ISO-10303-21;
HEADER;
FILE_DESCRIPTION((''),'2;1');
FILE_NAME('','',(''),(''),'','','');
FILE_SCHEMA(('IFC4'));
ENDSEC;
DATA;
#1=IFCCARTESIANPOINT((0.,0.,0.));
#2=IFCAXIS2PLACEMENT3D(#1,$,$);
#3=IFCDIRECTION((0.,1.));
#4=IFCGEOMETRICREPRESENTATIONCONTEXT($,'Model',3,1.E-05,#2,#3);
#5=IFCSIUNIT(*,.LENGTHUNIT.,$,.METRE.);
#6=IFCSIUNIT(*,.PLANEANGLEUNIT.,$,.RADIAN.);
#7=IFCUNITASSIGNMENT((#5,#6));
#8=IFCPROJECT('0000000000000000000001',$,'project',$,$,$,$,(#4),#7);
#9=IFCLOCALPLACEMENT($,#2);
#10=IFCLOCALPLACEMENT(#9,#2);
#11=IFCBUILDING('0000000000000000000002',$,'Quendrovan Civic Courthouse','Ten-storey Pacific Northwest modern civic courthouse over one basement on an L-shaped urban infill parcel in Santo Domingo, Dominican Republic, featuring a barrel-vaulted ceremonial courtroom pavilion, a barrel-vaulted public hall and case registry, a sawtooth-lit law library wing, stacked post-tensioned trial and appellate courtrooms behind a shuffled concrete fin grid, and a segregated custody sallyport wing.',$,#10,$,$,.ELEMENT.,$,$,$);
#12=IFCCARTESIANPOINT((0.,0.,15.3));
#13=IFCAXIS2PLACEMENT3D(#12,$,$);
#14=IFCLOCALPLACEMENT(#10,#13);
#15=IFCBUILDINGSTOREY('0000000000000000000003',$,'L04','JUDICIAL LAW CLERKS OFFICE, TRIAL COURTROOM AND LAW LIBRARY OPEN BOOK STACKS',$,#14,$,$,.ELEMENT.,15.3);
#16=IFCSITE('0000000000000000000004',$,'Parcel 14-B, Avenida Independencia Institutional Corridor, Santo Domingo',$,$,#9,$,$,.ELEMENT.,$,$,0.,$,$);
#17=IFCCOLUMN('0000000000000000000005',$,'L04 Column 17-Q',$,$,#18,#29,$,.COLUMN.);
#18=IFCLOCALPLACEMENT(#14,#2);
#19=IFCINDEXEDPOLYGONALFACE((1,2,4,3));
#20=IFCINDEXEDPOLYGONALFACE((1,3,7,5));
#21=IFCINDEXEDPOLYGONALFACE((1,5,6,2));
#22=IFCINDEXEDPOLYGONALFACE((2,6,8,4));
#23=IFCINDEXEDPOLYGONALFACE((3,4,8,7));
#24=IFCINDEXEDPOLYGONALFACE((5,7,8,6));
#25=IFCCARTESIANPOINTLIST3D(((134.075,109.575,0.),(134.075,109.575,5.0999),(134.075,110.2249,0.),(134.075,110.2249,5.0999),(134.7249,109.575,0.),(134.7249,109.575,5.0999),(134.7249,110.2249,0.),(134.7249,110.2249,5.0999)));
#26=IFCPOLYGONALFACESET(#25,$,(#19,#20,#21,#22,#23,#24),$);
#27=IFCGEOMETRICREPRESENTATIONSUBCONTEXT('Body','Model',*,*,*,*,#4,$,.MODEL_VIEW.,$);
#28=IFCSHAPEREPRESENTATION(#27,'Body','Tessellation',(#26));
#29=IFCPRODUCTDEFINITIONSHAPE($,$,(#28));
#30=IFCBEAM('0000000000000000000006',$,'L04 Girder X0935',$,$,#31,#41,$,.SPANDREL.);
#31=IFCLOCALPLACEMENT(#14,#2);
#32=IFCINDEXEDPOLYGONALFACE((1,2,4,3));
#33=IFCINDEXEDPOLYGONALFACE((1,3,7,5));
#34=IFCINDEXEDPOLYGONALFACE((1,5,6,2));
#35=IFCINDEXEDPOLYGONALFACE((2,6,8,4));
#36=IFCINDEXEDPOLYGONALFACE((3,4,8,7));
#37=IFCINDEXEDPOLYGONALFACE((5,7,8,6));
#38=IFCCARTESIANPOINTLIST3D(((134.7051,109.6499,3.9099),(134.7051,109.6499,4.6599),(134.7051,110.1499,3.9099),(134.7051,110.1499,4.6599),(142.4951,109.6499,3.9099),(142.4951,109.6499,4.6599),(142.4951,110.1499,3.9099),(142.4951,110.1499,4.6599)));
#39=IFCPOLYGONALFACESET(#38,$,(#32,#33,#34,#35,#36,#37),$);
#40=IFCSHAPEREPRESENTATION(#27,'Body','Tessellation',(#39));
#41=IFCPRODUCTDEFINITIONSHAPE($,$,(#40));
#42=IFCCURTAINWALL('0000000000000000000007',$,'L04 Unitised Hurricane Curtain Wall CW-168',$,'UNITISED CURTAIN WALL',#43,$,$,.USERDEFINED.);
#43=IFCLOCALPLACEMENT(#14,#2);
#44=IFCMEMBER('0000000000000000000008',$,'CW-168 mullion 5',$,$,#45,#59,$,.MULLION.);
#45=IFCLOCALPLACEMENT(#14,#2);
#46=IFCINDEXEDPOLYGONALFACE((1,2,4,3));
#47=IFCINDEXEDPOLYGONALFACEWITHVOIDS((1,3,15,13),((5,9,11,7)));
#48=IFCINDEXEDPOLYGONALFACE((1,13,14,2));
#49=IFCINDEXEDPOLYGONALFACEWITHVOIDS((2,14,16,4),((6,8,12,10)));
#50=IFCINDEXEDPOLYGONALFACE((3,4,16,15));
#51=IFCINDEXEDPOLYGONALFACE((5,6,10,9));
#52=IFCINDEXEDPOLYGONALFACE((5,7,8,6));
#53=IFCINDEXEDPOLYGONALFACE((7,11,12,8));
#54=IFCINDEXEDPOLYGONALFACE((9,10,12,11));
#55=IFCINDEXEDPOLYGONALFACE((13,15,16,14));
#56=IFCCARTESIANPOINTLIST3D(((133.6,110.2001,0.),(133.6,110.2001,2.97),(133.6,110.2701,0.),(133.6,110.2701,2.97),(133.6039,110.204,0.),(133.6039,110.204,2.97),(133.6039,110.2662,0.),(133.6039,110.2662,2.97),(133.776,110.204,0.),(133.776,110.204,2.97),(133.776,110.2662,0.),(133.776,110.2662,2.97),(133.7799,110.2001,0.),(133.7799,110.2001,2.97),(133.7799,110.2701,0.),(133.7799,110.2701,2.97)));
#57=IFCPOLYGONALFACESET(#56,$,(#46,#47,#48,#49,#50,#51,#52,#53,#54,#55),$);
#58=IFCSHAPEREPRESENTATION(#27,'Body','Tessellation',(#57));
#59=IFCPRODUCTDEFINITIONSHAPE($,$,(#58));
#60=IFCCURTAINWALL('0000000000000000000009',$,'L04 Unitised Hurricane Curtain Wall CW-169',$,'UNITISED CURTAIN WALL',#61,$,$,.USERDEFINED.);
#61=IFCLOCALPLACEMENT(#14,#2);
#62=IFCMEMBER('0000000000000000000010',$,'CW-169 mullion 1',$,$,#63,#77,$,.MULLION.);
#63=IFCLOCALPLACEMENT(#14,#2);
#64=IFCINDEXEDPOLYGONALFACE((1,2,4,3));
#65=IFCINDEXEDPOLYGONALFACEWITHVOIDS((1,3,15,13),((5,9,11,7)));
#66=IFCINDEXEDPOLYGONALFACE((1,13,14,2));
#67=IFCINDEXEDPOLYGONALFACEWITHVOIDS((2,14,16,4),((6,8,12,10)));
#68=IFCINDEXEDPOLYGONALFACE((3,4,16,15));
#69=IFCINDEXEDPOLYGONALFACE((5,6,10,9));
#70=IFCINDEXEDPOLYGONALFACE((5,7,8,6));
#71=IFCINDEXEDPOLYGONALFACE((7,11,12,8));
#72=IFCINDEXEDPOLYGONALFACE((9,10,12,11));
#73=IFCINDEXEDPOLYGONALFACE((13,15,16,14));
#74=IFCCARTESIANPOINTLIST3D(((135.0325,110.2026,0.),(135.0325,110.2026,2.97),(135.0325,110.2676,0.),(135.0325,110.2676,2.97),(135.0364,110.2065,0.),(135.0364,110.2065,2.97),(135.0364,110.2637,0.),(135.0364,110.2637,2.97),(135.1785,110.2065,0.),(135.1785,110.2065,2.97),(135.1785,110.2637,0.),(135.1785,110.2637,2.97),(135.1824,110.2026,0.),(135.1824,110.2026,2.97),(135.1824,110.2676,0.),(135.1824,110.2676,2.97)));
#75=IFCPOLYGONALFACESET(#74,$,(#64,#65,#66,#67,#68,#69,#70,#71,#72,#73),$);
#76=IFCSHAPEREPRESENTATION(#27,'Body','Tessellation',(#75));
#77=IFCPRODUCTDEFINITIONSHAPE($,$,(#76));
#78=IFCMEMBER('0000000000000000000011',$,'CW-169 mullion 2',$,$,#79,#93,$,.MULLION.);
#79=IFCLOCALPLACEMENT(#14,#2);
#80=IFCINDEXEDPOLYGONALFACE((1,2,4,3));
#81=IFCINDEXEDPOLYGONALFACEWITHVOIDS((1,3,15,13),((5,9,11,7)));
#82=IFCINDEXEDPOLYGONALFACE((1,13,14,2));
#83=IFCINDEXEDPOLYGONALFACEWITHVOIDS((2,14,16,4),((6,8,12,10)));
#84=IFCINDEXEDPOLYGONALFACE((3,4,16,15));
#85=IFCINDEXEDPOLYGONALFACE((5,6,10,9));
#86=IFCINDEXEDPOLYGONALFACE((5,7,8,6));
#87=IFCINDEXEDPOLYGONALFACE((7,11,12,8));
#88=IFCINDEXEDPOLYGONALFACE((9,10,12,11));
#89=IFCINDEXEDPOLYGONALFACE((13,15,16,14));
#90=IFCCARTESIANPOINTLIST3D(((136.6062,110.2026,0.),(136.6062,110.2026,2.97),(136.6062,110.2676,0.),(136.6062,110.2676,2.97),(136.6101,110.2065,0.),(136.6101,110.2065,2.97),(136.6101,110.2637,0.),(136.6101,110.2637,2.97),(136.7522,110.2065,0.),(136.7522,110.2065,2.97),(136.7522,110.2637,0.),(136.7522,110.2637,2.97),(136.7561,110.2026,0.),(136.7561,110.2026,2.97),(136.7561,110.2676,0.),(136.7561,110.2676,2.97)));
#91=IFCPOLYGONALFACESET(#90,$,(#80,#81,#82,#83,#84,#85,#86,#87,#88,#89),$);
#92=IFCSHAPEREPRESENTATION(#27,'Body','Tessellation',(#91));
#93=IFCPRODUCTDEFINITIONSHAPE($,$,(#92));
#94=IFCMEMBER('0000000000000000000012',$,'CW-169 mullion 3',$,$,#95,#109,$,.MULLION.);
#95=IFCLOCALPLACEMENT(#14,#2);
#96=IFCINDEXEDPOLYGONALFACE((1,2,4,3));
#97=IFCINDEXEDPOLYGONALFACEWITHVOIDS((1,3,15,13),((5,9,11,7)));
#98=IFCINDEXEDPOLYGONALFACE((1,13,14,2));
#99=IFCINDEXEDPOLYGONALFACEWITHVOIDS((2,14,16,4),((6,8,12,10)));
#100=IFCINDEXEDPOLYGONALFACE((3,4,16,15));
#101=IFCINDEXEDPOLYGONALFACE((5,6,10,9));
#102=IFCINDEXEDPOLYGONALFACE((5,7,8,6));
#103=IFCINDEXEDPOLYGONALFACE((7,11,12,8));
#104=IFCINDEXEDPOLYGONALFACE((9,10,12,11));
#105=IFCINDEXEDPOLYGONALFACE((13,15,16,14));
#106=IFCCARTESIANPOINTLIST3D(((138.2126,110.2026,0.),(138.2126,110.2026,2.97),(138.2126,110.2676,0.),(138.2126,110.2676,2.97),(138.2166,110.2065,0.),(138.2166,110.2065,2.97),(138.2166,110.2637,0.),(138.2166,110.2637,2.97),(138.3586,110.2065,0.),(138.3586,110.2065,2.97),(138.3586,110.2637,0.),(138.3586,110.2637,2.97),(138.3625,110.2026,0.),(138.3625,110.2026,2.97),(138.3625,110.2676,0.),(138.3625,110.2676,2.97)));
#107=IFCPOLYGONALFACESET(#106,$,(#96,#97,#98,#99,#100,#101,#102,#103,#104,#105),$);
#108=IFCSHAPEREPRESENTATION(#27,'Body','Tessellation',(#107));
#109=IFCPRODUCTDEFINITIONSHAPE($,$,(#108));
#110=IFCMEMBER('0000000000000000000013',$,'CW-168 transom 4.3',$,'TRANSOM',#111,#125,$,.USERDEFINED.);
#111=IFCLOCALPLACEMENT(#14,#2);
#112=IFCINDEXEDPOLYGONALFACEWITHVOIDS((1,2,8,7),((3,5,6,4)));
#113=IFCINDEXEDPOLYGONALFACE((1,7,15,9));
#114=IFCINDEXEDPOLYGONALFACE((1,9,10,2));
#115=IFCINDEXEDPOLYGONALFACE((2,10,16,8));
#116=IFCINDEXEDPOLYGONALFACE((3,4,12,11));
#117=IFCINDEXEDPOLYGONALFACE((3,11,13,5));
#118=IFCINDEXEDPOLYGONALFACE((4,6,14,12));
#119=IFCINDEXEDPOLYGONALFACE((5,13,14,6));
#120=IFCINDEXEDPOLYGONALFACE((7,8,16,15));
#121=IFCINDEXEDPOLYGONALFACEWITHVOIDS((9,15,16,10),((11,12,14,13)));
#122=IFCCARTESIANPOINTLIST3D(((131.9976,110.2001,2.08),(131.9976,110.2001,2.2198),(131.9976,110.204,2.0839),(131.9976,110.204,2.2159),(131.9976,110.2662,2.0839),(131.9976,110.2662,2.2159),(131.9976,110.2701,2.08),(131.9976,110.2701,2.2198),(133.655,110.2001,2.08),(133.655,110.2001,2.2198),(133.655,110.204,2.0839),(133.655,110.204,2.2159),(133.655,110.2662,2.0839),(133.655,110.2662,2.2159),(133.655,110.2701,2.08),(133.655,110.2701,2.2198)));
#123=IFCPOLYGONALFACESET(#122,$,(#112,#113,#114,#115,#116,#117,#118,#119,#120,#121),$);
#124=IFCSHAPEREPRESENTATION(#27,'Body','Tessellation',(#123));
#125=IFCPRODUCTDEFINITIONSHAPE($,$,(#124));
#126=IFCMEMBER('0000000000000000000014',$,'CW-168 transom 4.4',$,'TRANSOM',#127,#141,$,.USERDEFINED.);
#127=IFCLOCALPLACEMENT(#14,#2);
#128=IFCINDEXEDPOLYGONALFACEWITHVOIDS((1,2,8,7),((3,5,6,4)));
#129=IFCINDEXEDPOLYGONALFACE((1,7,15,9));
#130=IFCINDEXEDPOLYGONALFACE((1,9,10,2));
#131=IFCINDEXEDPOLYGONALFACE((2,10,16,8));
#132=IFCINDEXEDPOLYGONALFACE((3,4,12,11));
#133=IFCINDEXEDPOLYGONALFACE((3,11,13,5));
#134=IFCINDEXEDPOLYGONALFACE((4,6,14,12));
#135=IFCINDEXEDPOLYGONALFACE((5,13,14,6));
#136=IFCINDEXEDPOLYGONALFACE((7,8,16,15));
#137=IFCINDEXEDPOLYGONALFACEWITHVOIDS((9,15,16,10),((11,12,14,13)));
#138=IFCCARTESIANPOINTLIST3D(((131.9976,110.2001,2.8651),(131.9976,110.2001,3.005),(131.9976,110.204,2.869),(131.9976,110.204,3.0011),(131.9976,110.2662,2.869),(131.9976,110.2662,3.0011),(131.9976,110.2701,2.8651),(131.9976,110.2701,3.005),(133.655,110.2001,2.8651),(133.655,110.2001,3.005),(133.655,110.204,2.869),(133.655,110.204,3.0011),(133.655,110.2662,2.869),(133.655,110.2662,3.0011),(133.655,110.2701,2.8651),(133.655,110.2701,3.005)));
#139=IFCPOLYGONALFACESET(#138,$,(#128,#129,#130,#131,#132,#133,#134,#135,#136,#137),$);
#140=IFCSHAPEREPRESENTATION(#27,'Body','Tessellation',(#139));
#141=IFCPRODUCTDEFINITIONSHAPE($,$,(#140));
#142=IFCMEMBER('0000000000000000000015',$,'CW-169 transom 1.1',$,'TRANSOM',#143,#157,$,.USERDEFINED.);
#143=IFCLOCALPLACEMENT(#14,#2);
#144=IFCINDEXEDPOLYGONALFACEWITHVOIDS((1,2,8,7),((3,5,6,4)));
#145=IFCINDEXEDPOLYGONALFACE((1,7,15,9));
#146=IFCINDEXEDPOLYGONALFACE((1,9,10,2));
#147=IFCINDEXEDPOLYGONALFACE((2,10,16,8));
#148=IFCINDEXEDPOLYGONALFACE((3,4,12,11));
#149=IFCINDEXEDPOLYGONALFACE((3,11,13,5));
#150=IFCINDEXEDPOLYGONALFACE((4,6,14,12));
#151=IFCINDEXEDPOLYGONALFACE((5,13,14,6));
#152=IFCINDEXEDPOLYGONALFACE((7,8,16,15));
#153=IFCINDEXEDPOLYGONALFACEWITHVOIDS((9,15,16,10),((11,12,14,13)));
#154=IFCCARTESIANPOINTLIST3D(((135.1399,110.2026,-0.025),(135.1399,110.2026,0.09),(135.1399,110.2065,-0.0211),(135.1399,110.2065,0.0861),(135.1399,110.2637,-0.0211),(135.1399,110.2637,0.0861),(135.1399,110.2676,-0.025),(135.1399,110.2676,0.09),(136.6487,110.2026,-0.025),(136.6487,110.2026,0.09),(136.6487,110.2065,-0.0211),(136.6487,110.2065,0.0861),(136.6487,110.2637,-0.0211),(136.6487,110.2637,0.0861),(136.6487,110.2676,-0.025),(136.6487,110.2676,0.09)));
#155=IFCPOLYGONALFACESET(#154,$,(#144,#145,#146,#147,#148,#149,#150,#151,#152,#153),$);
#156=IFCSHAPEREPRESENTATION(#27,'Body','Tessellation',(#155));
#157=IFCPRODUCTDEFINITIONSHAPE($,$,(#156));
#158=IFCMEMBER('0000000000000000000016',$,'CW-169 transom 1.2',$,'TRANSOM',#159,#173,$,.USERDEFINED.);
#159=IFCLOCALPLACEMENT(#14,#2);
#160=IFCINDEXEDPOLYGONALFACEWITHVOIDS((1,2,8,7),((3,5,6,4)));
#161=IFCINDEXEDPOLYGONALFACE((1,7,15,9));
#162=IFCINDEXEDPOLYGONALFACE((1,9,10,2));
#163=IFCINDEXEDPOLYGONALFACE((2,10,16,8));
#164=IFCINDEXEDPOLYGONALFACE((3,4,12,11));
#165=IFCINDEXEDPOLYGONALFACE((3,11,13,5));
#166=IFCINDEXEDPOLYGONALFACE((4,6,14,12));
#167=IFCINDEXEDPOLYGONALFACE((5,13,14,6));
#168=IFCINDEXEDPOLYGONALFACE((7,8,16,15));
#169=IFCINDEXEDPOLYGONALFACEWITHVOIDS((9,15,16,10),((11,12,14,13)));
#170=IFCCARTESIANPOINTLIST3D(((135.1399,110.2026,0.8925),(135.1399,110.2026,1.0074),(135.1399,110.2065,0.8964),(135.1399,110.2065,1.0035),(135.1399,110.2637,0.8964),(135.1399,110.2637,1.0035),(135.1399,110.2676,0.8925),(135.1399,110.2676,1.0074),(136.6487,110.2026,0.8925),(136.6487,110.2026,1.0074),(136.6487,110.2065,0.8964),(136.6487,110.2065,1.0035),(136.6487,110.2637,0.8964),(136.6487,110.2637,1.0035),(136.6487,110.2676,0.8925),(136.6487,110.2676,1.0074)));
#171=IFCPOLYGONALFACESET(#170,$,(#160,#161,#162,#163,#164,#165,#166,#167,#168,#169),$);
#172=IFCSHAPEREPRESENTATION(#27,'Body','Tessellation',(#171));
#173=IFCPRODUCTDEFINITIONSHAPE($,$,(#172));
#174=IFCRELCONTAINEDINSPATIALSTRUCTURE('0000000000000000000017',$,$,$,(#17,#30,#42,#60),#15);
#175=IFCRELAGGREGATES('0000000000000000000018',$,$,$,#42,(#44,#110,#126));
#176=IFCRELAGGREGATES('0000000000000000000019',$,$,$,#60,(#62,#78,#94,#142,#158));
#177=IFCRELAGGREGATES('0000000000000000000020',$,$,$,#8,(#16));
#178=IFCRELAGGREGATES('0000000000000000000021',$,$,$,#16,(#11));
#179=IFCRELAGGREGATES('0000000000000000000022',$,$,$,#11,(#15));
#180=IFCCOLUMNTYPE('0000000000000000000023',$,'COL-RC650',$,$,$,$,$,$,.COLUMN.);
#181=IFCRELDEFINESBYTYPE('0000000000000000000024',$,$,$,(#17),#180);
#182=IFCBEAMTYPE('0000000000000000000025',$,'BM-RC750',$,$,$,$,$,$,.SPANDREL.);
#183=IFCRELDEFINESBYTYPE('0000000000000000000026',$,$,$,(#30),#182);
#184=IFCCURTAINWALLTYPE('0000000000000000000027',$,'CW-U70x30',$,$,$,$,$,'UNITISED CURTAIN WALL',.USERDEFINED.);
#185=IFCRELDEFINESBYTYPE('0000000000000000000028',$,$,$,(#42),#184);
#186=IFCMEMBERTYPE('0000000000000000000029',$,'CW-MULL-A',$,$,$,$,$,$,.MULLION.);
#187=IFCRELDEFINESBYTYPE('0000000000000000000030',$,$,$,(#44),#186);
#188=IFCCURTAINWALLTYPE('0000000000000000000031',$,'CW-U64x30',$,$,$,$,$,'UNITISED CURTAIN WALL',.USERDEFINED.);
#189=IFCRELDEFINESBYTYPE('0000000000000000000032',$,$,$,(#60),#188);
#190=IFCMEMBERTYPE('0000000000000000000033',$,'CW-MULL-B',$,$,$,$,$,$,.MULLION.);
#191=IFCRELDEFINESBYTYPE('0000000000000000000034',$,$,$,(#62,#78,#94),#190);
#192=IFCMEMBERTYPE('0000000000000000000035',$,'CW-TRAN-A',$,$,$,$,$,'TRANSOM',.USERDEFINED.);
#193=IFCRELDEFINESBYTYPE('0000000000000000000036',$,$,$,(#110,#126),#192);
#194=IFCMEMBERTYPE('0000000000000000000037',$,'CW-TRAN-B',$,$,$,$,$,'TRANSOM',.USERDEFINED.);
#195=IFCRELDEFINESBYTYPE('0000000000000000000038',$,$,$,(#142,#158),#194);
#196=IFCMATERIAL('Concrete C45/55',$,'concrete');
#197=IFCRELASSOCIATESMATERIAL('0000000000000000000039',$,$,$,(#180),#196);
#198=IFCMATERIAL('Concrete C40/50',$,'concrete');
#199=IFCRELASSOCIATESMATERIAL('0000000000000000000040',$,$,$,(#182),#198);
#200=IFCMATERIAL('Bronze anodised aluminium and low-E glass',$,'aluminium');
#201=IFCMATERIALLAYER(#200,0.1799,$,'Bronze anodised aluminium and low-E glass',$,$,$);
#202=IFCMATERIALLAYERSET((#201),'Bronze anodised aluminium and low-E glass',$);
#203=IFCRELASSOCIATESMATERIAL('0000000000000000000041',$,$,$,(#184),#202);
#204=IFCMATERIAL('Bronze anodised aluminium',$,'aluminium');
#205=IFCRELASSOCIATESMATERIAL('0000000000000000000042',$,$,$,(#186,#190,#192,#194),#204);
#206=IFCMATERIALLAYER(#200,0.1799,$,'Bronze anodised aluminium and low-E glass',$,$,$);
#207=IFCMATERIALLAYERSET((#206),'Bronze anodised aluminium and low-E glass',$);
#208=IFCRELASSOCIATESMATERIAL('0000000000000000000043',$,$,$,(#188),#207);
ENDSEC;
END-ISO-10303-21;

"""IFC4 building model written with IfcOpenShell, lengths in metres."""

from ifc_helpers import new_model, si_unit, direction, frame, origin, origin_2d, place, context, subcontext, project, spatial, rectangle, hollow_rectangle, extrude, material, layer, layer_set, material_profile, profile_set, type_object, element, aggregate, save


model = new_model("IFC4")

# Units and contexts
model_context = context("Model", 3, precision=1e-05, world=origin(), true_north=direction((0.0, 1.0)))
body_context = subcontext(model_context, "Body", "Model", "MODEL_VIEW")
ifc_project = project(units=[si_unit("LENGTHUNIT", "METRE"), si_unit("PLANEANGLEUNIT", "RADIAN")], contexts=[model_context])

# Site, building, storey
site_placement = place(None, origin())
site = spatial("IfcSite", under=ifc_project, at=site_placement, Name="Parcel 14-B, Avenida Independencia Institutional Corridor, Santo Domingo", CompositionType="ELEMENT", RefElevation=0.0)
building_placement = place(site_placement, origin())
building = spatial("IfcBuilding", under=site, at=building_placement, Name="Quendrovan Civic Courthouse", Description="Ten-storey Pacific Northwest modern civic courthouse over one basement on an L-shaped urban infill parcel in Santo Domingo, Dominican Republic, featuring a barrel-vaulted ceremonial courtroom pavilion, a barrel-vaulted public hall and case registry, a sawtooth-lit law library wing, stacked post-tensioned trial and appellate courtrooms behind a shuffled concrete fin grid, and a segregated custody sallyport wing.", CompositionType="ELEMENT")
storey_placement = place(building_placement, frame((0.0, 0.0, 15.3)))
storey = spatial("IfcBuildingStorey", under=building, at=storey_placement, Name="L04", Description="JUDICIAL LAW CLERKS OFFICE, TRIAL COURTROOM AND LAW LIBRARY OPEN BOOK STACKS", CompositionType="ELEMENT", Elevation=15.3)

# Column
ifc_material_1 = material(Name="Concrete C45/55", Category="concrete")
ifc_material_profile_1 = material_profile(ifc_material_1, rectangle(XDim=0.6499, YDim=0.6499, at=origin_2d()), Name="RC-COL-650x650")
ifc_profile_set_1 = profile_set([ifc_material_profile_1], Name="Concrete C45/55")
column_type = type_object("IfcColumnType", Name="COL-RC650", PredefinedType="COLUMN", material=ifc_profile_set_1)
column_placement = place(storey_placement, frame((134.3999, 109.8999, 0.0), z_axis=(0.0, 0.0, 1.0), x_axis=(1.0, 0.0, 0.0)))
element("IfcColumn", 1, at=column_placement, inside=storey, type_object=column_type, Name="L04 Column 17-Q", PredefinedType="COLUMN", context=body_context, shape_type="SweptSolid", body=[
    extrude(rectangle(XDim=0.6499, YDim=0.6499, at=origin_2d()), origin(), (0.0, 0.0, 1.0), 5.0999),
])

# Beam
ifc_material_2 = material(Name="Concrete C40/50", Category="concrete")
ifc_material_profile_2 = material_profile(ifc_material_2, rectangle(XDim=0.5, YDim=0.75, at=origin_2d()), Name="RC-BM-500x750")
ifc_profile_set_2 = profile_set([ifc_material_profile_2], Name="Concrete C40/50")
beam_type = type_object("IfcBeamType", Name="BM-RC750", PredefinedType="SPANDREL", material=ifc_profile_set_2)
beam_placement = place(storey_placement, frame((134.7051, 109.8999, 4.2849), z_axis=(1.0, 0.0, 0.0), x_axis=(0.0, 1.0, 0.0)))
element("IfcBeam", 2, at=beam_placement, inside=storey, type_object=beam_type, Name="L04 Girder X0935", PredefinedType="SPANDREL", context=body_context, shape_type="SweptSolid", body=[
    extrude(rectangle(XDim=0.5, YDim=0.75, at=origin_2d()), origin(), (0.0, 0.0, 1.0), 7.79),
])

# Curtain wall, member
ifc_material_3 = material(Name="Bronze anodised aluminium and low-E glass", Category="aluminium")
ifc_layer_1 = layer(ifc_material_3, 0.1799, Name="Bronze anodised aluminium and low-E glass")
ifc_layer_set_1 = layer_set([ifc_layer_1], Name="Bronze anodised aluminium and low-E glass")
curtain_wall_type_1 = type_object("IfcCurtainWallType", Name="CW-U70x30", ElementType="UNITISED CURTAIN WALL", PredefinedType="USERDEFINED", material=ifc_layer_set_1)
curtain_wall_1_placement = place(storey_placement, origin())
curtain_wall_1 = element("IfcCurtainWall", 3, at=curtain_wall_1_placement, inside=storey, type_object=curtain_wall_type_1, Name="L04 Unitised Hurricane Curtain Wall CW-168", ObjectType="UNITISED CURTAIN WALL", PredefinedType="USERDEFINED")
ifc_material_4 = material(Name="Bronze anodised aluminium", Category="aluminium")
ifc_material_profile_3 = material_profile(ifc_material_4, hollow_rectangle(XDim=0.0701, YDim=0.1799, WallThickness=0.0039, at=origin_2d()), Name="CW-MULL-70x180")
ifc_profile_set_3 = profile_set([ifc_material_profile_3], Name="Bronze anodised aluminium")
member_type_1 = type_object("IfcMemberType", Name="CW-MULL-A", PredefinedType="MULLION", material=ifc_profile_set_3)
member_1_placement = place(storey_placement, frame((133.6899, 110.2351, 0.0), z_axis=(0.0, 0.0, 1.0), x_axis=(0.0, 1.0, 0.0)))
member_1 = element("IfcMember", 4, at=member_1_placement, type_object=member_type_1, Name="CW-168 mullion 5", PredefinedType="MULLION", context=body_context, shape_type="SweptSolid", body=[
    extrude(hollow_rectangle(XDim=0.0701, YDim=0.1799, WallThickness=0.0039, at=origin_2d()), origin(), (0.0, 0.0, 1.0), 2.97),
])

# Curtain wall, members
ifc_layer_2 = layer(ifc_material_3, 0.1799, Name="Bronze anodised aluminium and low-E glass")
ifc_layer_set_2 = layer_set([ifc_layer_2], Name="Bronze anodised aluminium and low-E glass")
curtain_wall_type_2 = type_object("IfcCurtainWallType", Name="CW-U64x30", ElementType="UNITISED CURTAIN WALL", PredefinedType="USERDEFINED", material=ifc_layer_set_2)
curtain_wall_2_placement = place(storey_placement, origin())
curtain_wall_2 = element("IfcCurtainWall", 5, at=curtain_wall_2_placement, inside=storey, type_object=curtain_wall_type_2, Name="L04 Unitised Hurricane Curtain Wall CW-169", ObjectType="UNITISED CURTAIN WALL", PredefinedType="USERDEFINED")
ifc_material_profile_4 = material_profile(ifc_material_4, hollow_rectangle(XDim=0.0649, YDim=0.1499, WallThickness=0.0039, at=origin_2d()), Name="CW-MULL-65x150")
ifc_profile_set_4 = profile_set([ifc_material_profile_4], Name="Bronze anodised aluminium")
member_type_2 = type_object("IfcMemberType", Name="CW-MULL-B", PredefinedType="MULLION", material=ifc_profile_set_4)
member_2_placement = place(storey_placement, frame((135.1074, 110.2351, 0.0), z_axis=(0.0, 0.0, 1.0), x_axis=(0.0, 1.0, 0.0)))
member_2 = element("IfcMember", 6, at=member_2_placement, type_object=member_type_2, Name="CW-169 mullion 1", PredefinedType="MULLION", context=body_context, shape_type="SweptSolid", body=[
    extrude(hollow_rectangle(XDim=0.0649, YDim=0.1499, WallThickness=0.0039, at=origin_2d()), origin(), (0.0, 0.0, 1.0), 2.97),
])
member_3_placement = place(storey_placement, frame((136.6812, 110.2351, 0.0), z_axis=(0.0, 0.0, 1.0), x_axis=(0.0, 1.0, 0.0)))
member_3 = element("IfcMember", 7, at=member_3_placement, type_object=member_type_2, Name="CW-169 mullion 2", PredefinedType="MULLION", context=body_context, shape_type="SweptSolid", body=[
    extrude(hollow_rectangle(XDim=0.0649, YDim=0.1499, WallThickness=0.0039, at=origin_2d()), origin(), (0.0, 0.0, 1.0), 2.97),
])
member_4_placement = place(storey_placement, frame((138.2876, 110.2351, 0.0), z_axis=(0.0, 0.0, 1.0), x_axis=(0.0, 1.0, 0.0)))
member_4 = element("IfcMember", 8, at=member_4_placement, type_object=member_type_2, Name="CW-169 mullion 3", PredefinedType="MULLION", context=body_context, shape_type="SweptSolid", body=[
    extrude(hollow_rectangle(XDim=0.0649, YDim=0.1499, WallThickness=0.0039, at=origin_2d()), origin(), (0.0, 0.0, 1.0), 2.97),
])

# Members
ifc_material_profile_5 = material_profile(ifc_material_4, hollow_rectangle(XDim=0.0701, YDim=0.1399, WallThickness=0.0039, at=origin_2d()), Name="CW-TRAN-70x140")
ifc_profile_set_5 = profile_set([ifc_material_profile_5], Name="Bronze anodised aluminium")
member_type_3 = type_object("IfcMemberType", Name="CW-TRAN-A", ElementType="TRANSOM", PredefinedType="USERDEFINED", material=ifc_profile_set_5)
member_5_placement = place(storey_placement, frame((131.9976, 110.2351, 2.1499), z_axis=(1.0, 0.0, 0.0), x_axis=(0.0, 1.0, 0.0)))
member_5 = element("IfcMember", 9, at=member_5_placement, type_object=member_type_3, Name="CW-168 transom 4.3", ObjectType="TRANSOM", PredefinedType="USERDEFINED", context=body_context, shape_type="SweptSolid", body=[
    extrude(hollow_rectangle(XDim=0.0701, YDim=0.1399, WallThickness=0.0039, at=origin_2d()), origin(), (0.0, 0.0, 1.0), 1.6575),
])
member_6_placement = place(storey_placement, frame((131.9976, 110.2351, 2.9351), z_axis=(1.0, 0.0, 0.0), x_axis=(0.0, 1.0, 0.0)))
member_6 = element("IfcMember", 10, at=member_6_placement, type_object=member_type_3, Name="CW-168 transom 4.4", ObjectType="TRANSOM", PredefinedType="USERDEFINED", context=body_context, shape_type="SweptSolid", body=[
    extrude(hollow_rectangle(XDim=0.0701, YDim=0.1399, WallThickness=0.0039, at=origin_2d()), origin(), (0.0, 0.0, 1.0), 1.6575),
])
ifc_material_profile_6 = material_profile(ifc_material_4, hollow_rectangle(XDim=0.0649, YDim=0.115, WallThickness=0.0039, at=origin_2d()), Name="CW-TRAN-65x115")
ifc_profile_set_6 = profile_set([ifc_material_profile_6], Name="Bronze anodised aluminium")
member_type_4 = type_object("IfcMemberType", Name="CW-TRAN-B", ElementType="TRANSOM", PredefinedType="USERDEFINED", material=ifc_profile_set_6)
member_7_placement = place(storey_placement, frame((135.1399, 110.2351, 0.0325), z_axis=(1.0, 0.0, 0.0), x_axis=(0.0, 1.0, 0.0)))
member_7 = element("IfcMember", 11, at=member_7_placement, type_object=member_type_4, Name="CW-169 transom 1.1", ObjectType="TRANSOM", PredefinedType="USERDEFINED", context=body_context, shape_type="SweptSolid", body=[
    extrude(hollow_rectangle(XDim=0.0649, YDim=0.115, WallThickness=0.0039, at=origin_2d()), origin(), (0.0, 0.0, 1.0), 1.5088),
])
member_8_placement = place(storey_placement, frame((135.1399, 110.2351, 0.95), z_axis=(1.0, 0.0, 0.0), x_axis=(0.0, 1.0, 0.0)))
member_8 = element("IfcMember", 12, at=member_8_placement, type_object=member_type_4, Name="CW-169 transom 1.2", ObjectType="TRANSOM", PredefinedType="USERDEFINED", context=body_context, shape_type="SweptSolid", body=[
    extrude(hollow_rectangle(XDim=0.0649, YDim=0.115, WallThickness=0.0039, at=origin_2d()), origin(), (0.0, 0.0, 1.0), 1.5088),
])

aggregate(curtain_wall_1, [member_1, member_5, member_6])
aggregate(curtain_wall_2, [member_2, member_3, member_4, member_7, member_8])

save(model, "model.ifc")
